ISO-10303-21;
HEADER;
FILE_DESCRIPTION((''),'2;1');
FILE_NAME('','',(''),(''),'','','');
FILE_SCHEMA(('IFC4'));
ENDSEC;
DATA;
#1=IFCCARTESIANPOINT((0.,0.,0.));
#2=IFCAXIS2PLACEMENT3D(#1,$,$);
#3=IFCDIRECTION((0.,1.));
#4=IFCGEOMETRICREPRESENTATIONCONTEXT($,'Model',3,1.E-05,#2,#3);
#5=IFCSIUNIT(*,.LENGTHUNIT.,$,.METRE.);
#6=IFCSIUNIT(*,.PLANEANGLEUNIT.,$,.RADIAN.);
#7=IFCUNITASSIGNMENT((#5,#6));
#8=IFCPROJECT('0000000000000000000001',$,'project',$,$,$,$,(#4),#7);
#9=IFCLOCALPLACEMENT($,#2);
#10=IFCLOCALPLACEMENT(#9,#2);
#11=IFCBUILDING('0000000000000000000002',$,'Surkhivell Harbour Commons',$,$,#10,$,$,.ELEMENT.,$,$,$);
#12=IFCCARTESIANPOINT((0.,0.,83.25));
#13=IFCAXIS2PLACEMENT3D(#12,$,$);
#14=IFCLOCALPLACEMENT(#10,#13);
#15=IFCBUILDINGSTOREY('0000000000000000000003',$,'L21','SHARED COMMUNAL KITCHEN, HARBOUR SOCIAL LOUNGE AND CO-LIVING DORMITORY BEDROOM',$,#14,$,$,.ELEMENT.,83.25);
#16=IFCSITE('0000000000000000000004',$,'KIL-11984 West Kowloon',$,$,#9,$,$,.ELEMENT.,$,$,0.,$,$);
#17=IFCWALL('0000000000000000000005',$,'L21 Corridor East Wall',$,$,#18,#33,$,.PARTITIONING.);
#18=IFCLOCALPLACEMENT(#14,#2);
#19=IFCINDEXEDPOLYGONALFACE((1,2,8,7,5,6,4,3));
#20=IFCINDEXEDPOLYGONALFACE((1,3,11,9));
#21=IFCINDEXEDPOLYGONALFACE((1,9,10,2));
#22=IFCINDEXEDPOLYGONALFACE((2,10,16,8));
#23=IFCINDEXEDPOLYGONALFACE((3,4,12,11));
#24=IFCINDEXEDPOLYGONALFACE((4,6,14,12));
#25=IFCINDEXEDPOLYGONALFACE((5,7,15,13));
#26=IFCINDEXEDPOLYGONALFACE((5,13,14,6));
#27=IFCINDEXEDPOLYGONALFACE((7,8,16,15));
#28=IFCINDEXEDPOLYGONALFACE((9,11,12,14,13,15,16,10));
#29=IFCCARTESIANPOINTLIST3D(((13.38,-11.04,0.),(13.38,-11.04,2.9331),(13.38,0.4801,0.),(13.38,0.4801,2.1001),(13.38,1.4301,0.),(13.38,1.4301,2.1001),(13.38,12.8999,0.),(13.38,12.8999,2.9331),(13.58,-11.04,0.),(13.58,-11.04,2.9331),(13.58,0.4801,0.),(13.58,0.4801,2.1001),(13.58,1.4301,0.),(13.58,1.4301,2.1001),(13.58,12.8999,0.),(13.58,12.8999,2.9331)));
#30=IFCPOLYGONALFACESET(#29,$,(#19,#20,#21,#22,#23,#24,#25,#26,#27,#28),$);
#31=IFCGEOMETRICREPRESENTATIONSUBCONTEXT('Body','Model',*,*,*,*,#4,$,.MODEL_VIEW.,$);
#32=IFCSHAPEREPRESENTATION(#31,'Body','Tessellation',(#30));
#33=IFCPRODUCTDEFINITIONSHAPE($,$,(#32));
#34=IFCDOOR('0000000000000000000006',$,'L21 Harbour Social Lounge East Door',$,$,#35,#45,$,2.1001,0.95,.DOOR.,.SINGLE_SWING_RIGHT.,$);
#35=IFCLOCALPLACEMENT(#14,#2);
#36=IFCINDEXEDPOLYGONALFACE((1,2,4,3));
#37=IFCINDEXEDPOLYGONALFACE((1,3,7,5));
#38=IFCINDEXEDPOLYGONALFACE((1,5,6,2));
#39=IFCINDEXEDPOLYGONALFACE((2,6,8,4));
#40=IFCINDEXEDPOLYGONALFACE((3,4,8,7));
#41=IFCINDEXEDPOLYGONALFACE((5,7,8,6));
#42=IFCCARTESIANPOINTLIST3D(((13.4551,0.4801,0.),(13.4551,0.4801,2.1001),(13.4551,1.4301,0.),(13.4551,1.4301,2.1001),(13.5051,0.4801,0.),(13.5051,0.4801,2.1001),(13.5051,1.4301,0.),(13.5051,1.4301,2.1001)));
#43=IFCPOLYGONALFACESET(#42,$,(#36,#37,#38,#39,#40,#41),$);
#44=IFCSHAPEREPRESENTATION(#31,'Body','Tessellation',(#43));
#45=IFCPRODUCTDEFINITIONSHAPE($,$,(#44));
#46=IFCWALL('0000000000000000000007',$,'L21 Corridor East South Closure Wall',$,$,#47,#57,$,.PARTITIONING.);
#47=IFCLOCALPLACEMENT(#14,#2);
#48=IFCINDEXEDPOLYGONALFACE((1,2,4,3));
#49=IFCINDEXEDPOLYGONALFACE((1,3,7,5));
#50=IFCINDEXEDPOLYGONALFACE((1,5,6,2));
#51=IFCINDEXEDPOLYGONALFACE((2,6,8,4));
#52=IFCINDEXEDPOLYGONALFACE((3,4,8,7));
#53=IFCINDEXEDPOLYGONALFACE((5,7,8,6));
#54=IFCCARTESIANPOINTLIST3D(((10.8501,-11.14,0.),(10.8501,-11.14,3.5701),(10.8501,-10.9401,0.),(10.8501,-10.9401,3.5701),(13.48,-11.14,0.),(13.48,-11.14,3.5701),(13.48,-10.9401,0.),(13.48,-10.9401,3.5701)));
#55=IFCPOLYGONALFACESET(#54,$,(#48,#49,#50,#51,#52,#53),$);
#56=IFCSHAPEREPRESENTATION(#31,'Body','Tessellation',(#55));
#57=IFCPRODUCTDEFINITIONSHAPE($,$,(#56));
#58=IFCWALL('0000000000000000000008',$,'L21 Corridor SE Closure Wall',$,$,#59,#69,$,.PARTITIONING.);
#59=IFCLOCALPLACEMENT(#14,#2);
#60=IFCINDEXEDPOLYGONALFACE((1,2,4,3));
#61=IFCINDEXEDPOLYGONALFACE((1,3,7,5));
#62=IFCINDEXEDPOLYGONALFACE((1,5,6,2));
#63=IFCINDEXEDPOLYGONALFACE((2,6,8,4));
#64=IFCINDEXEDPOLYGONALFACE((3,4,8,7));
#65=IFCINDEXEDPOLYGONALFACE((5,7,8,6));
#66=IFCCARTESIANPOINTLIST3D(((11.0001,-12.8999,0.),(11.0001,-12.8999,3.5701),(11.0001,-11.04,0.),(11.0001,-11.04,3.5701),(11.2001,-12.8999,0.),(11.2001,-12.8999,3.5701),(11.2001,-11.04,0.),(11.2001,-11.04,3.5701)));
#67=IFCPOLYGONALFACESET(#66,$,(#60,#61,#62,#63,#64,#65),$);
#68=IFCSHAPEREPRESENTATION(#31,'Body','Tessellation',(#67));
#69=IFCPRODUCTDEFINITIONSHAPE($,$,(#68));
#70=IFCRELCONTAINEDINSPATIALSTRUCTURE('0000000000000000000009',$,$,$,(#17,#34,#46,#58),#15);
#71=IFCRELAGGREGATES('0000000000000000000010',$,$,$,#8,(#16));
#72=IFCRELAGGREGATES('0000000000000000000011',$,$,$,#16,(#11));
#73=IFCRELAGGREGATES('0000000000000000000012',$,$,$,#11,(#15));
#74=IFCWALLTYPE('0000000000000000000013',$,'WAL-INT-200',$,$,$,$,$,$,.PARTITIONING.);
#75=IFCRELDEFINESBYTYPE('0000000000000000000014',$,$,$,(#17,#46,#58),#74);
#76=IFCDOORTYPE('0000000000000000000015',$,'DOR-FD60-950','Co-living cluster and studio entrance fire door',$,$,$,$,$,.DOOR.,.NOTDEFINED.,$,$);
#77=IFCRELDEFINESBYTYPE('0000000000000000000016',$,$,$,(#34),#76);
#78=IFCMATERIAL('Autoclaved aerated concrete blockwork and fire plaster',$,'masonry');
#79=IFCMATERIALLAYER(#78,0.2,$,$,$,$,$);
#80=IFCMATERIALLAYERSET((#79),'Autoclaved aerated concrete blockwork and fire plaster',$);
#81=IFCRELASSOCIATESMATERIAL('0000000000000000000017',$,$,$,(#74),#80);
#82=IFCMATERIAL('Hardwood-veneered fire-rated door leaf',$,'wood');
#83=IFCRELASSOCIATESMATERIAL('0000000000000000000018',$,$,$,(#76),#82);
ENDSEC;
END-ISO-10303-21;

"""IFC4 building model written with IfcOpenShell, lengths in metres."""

from ifc_helpers import new_model, si_unit, direction, frame, frame_2d, origin, place, context, subcontext, project, spatial, rectangle, extrude, material, layer, layer_set, type_object, element, fill, save


model = new_model("IFC4")

# Units and contexts
model_context = context("Model", 3, precision=1e-05, world=origin(), true_north=direction((0.0, 1.0)))
body_context = subcontext(model_context, "Body", "Model", "MODEL_VIEW")
ifc_project = project(units=[si_unit("LENGTHUNIT", "METRE"), si_unit("PLANEANGLEUNIT", "RADIAN")], contexts=[model_context])

# Site, building, storey
site_placement = place(None, origin())
site = spatial("IfcSite", under=ifc_project, at=site_placement, Name="KIL-11984 West Kowloon", CompositionType="ELEMENT", RefElevation=0.0)
building_placement = place(site_placement, origin())
building = spatial("IfcBuilding", under=site, at=building_placement, Name="Surkhivell Harbour Commons", CompositionType="ELEMENT")
storey_placement = place(building_placement, frame((0.0, 0.0, 83.25)))
storey = spatial("IfcBuildingStorey", under=building, at=storey_placement, Name="L21", Description="SHARED COMMUNAL KITCHEN, HARBOUR SOCIAL LOUNGE AND CO-LIVING DORMITORY BEDROOM", CompositionType="ELEMENT", Elevation=83.25)

# Shared definitions
ifc_material_1 = material(Name="Hardwood-veneered fire-rated door leaf", Category="wood")

# Shared definitions
ifc_material_2 = material(Name="Autoclaved aerated concrete blockwork and fire plaster", Category="masonry")
ifc_layer_1 = layer(ifc_material_2, 0.2)
ifc_layer_set_1 = layer_set([ifc_layer_1], Name="Autoclaved aerated concrete blockwork and fire plaster")
wall_type_1 = type_object("IfcWallType", Name="WAL-INT-200", PredefinedType="PARTITIONING", material=ifc_layer_set_1)

# Wall, opening, door
wall_1_placement = place(storey_placement, frame((13.48, -11.04, 0.0), z_axis=(0.0, 0.0, 1.0), x_axis=(0.0, 1.0, 0.0)))
wall_1 = element("IfcWall", 1, at=wall_1_placement, inside=storey, type_object=wall_type_1, Name="L21 Corridor East Wall", PredefinedType="PARTITIONING", context=body_context, shape_type="SweptSolid", body=[
    extrude(rectangle(XDim=23.9399, YDim=0.2, at=frame_2d((11.97, 0.0))), origin(), (0.0, 0.0, 1.0), 2.9331),
])
opening_1_placement = place(wall_1_placement, frame((11.52, 0.0, 0.0)))
opening_1 = element("IfcOpeningElement", 2, at=opening_1_placement, cuts=wall_1, PredefinedType="OPENING", context=body_context, shape_type="SweptSolid", body=[
    extrude(rectangle(XDim=0.95, YDim=2.1001, at=frame_2d((0.4751, 1.05))), frame((0.0, 0.1099, 0.0), z_axis=(0.0, -1.0, 0.0), x_axis=(1.0, 0.0, 0.0)), (0.0, 0.0, 1.0), 0.22),
])
door_type_1 = type_object("IfcDoorType", Name="DOR-FD60-950", Description="Co-living cluster and studio entrance fire door", OperationType="NOTDEFINED", PredefinedType="DOOR", material=ifc_material_1)
door_1_placement = place(opening_1_placement, origin())
door_1 = element("IfcDoor", 3, at=door_1_placement, inside=storey, type_object=door_type_1, Name="L21 Harbour Social Lounge East Door", OperationType="SINGLE_SWING_RIGHT", OverallHeight=2.1001, OverallWidth=0.95, PredefinedType="DOOR", context=body_context, shape_type="SweptSolid", body=[
    extrude(rectangle(XDim=0.95, YDim=2.1001, at=frame_2d((0.4751, 1.05))), frame((0.0, 0.0249, 0.0), z_axis=(0.0, -1.0, 0.0), x_axis=(1.0, 0.0, 0.0)), (0.0, 0.0, 1.0), 0.05),
])
fill(opening_1, door_1)

# Walls
wall_2_placement = place(storey_placement, frame((10.8501, -11.04, 0.0), z_axis=(0.0, 0.0, 1.0), x_axis=(1.0, 0.0, 0.0)))
element("IfcWall", 4, at=wall_2_placement, inside=storey, type_object=wall_type_1, Name="L21 Corridor East South Closure Wall", PredefinedType="PARTITIONING", context=body_context, shape_type="SweptSolid", body=[
    extrude(rectangle(XDim=2.6299, YDim=0.2, at=frame_2d((1.3149, 0.0))), origin(), (0.0, 0.0, 1.0), 3.5701),
])
wall_3_placement = place(storey_placement, frame((11.1001, -12.8999, 0.0), z_axis=(0.0, 0.0, 1.0), x_axis=(0.0, 1.0, 0.0)))
element("IfcWall", 5, at=wall_3_placement, inside=storey, type_object=wall_type_1, Name="L21 Corridor SE Closure Wall", PredefinedType="PARTITIONING", context=body_context, shape_type="SweptSolid", body=[
    extrude(rectangle(XDim=1.8599, YDim=0.2, at=frame_2d((0.9299, 0.0))), origin(), (0.0, 0.0, 1.0), 3.5701),
])

save(model, "model.ifc")
